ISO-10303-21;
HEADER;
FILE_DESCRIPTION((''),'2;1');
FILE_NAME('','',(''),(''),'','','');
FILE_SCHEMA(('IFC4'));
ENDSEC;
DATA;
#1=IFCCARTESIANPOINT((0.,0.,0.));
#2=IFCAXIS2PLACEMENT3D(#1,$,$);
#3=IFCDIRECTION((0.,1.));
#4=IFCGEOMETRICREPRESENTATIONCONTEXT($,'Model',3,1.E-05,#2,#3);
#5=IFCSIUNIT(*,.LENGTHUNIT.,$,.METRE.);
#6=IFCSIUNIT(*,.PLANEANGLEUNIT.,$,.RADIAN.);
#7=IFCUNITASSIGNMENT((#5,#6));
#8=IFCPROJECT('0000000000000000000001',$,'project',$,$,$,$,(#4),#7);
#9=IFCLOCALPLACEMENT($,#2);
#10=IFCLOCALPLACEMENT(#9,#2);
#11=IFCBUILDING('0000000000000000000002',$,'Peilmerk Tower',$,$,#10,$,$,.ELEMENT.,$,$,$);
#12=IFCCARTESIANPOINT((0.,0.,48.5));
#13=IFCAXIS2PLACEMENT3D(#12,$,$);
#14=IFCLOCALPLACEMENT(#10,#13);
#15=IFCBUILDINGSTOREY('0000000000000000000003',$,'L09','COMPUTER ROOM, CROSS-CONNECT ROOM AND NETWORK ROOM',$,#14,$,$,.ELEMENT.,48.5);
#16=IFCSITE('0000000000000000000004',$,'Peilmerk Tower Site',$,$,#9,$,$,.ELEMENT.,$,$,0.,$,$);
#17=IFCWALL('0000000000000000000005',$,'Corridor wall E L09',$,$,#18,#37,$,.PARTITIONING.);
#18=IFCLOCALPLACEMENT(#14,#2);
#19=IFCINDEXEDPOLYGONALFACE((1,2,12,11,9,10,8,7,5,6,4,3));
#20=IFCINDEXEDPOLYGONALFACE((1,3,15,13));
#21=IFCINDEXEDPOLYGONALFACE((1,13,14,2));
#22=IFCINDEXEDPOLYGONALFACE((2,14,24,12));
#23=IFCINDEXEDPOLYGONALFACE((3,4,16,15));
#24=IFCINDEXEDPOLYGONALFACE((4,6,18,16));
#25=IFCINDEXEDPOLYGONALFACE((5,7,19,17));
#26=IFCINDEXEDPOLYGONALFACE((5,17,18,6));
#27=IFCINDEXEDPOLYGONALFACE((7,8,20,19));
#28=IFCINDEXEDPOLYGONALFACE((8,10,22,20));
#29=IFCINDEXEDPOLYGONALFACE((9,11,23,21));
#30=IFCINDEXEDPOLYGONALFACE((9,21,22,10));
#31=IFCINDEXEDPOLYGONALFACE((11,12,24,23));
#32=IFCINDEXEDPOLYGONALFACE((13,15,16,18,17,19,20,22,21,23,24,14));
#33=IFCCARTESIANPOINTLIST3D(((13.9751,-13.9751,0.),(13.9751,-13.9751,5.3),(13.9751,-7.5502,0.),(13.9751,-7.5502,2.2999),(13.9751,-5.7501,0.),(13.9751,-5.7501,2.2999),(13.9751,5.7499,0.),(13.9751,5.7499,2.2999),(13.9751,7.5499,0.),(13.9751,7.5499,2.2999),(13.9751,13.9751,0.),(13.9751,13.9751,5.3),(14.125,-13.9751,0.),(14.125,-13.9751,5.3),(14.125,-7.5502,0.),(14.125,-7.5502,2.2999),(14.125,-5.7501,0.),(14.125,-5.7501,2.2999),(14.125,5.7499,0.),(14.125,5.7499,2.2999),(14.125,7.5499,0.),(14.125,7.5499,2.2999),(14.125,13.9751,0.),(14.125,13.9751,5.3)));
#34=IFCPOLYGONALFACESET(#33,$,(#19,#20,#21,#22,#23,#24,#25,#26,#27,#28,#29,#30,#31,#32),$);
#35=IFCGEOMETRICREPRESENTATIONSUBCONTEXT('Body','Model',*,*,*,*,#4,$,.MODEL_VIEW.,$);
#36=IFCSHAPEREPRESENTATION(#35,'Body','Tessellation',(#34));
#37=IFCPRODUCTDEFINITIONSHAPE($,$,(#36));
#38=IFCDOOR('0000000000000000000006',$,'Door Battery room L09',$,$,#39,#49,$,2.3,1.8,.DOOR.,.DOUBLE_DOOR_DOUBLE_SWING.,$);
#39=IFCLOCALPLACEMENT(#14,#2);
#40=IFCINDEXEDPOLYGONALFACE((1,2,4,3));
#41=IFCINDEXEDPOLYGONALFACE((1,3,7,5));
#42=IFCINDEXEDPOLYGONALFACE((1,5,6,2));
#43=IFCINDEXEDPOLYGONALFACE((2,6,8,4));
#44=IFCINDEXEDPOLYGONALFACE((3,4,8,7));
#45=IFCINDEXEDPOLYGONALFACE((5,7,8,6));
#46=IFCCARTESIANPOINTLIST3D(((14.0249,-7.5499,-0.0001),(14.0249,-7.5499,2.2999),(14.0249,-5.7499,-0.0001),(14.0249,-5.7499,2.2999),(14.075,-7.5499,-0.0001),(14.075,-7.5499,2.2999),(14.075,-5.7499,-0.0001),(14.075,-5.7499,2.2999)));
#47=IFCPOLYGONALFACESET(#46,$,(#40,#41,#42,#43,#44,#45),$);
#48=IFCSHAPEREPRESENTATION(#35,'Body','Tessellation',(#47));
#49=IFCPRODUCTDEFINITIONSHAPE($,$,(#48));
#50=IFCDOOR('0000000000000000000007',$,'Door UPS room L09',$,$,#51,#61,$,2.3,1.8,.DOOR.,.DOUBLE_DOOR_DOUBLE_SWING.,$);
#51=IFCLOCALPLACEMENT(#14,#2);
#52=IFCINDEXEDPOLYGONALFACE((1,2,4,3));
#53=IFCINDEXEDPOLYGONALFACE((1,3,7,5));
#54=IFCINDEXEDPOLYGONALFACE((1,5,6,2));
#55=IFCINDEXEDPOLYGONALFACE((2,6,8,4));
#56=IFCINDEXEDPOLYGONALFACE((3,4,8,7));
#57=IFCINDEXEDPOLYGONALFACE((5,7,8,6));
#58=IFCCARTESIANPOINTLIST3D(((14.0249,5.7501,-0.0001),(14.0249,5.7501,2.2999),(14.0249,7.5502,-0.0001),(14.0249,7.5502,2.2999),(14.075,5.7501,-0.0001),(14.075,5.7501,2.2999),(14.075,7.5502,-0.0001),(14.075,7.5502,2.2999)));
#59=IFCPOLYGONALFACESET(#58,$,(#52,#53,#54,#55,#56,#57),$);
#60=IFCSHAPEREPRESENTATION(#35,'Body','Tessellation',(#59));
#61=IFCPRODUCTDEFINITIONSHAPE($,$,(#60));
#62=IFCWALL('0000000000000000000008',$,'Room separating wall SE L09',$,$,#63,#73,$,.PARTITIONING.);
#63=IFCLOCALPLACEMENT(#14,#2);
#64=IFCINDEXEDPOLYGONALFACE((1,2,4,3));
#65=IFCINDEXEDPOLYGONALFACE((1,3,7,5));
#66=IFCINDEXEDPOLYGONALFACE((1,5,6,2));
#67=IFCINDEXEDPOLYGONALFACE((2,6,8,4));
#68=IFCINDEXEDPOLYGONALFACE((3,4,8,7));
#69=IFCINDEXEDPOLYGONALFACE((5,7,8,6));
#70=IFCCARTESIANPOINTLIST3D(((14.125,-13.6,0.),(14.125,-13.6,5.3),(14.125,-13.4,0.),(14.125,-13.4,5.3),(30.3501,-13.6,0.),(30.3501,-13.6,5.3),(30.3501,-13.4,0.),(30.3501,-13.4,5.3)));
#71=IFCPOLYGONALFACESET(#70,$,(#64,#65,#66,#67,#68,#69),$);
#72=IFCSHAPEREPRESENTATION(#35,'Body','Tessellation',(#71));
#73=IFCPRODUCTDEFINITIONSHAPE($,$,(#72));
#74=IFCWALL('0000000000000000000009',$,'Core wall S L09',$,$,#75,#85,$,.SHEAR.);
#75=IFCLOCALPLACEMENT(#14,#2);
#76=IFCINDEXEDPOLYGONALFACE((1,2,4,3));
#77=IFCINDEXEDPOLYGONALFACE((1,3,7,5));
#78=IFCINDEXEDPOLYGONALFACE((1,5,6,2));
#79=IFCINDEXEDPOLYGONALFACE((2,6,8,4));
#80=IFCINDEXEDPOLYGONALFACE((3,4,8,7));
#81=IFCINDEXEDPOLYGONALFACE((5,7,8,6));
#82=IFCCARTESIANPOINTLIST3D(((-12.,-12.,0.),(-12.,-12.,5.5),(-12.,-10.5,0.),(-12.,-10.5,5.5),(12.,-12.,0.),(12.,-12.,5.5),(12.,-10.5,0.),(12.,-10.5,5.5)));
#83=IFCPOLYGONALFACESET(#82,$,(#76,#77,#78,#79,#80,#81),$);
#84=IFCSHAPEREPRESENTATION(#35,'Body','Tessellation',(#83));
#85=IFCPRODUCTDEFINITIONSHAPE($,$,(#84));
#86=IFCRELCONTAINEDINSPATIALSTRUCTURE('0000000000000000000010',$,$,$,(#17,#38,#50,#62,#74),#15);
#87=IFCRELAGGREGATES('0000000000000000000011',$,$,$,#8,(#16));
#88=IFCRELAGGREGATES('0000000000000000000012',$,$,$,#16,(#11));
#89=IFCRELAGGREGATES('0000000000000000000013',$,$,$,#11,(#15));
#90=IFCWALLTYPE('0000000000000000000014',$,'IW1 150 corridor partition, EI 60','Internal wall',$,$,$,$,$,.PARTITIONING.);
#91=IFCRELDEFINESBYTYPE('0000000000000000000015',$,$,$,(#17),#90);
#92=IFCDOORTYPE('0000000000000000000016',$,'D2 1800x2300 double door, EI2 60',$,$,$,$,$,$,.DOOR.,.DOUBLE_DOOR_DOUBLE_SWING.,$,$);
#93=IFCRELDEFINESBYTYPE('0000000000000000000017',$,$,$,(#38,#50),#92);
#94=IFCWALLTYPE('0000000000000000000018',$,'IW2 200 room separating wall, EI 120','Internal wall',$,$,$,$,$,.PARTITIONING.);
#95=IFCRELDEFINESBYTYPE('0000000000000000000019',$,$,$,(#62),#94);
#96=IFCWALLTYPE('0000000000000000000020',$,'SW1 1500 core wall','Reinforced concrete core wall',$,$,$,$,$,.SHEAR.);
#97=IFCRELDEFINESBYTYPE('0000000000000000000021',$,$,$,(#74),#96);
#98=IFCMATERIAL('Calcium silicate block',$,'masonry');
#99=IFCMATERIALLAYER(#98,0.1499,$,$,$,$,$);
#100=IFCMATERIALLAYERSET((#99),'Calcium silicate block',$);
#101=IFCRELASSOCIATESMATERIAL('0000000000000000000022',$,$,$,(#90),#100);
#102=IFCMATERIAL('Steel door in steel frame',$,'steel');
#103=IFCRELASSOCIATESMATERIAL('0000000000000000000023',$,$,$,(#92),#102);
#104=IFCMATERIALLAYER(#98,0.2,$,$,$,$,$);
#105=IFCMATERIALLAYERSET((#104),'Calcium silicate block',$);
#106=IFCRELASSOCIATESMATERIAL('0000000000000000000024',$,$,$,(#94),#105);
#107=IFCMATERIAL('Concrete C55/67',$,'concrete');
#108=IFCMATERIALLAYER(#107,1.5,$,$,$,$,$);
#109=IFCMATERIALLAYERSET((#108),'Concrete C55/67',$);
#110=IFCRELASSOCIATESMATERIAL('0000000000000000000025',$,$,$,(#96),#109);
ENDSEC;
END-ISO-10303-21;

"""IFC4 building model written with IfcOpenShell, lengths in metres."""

from ifc_helpers import new_model, si_unit, direction, frame, frame_2d, origin, place, context, subcontext, project, spatial, rectangle, extrude, material, layer, layer_set, type_object, element, fill, save


model = new_model("IFC4")

# Units and contexts
model_context = context("Model", 3, precision=1e-05, world=origin(), true_north=direction((0.0, 1.0)))
body_context = subcontext(model_context, "Body", "Model", "MODEL_VIEW")
ifc_project = project(units=[si_unit("LENGTHUNIT", "METRE"), si_unit("PLANEANGLEUNIT", "RADIAN")], contexts=[model_context])

# Site, building, storey
site_placement = place(None, origin())
site = spatial("IfcSite", under=ifc_project, at=site_placement, Name="Peilmerk Tower Site", CompositionType="ELEMENT", RefElevation=0.0)
building_placement = place(site_placement, origin())
building = spatial("IfcBuilding", under=site, at=building_placement, Name="Peilmerk Tower", CompositionType="ELEMENT")
storey_placement = place(building_placement, frame((0.0, 0.0, 48.5)))
storey = spatial("IfcBuildingStorey", under=building, at=storey_placement, Name="L09", Description="COMPUTER ROOM, CROSS-CONNECT ROOM AND NETWORK ROOM", CompositionType="ELEMENT", Elevation=48.5)

# Wall, openings, doors
ifc_material_1 = material(Name="Calcium silicate block", Category="masonry")
ifc_layer_1 = layer(ifc_material_1, 0.1499)
ifc_layer_set_1 = layer_set([ifc_layer_1], Name="Calcium silicate block")
wall_type_1 = type_object("IfcWallType", Name="IW1 150 corridor partition, EI 60", Description="Internal wall", PredefinedType="PARTITIONING", material=ifc_layer_set_1)
ifc_material_2 = material(Name="Steel door in steel frame", Category="steel")
door_type = type_object("IfcDoorType", Name="D2 1800x2300 double door, EI2 60", OperationType="DOUBLE_DOOR_DOUBLE_SWING", PredefinedType="DOOR", material=ifc_material_2)
wall_1_placement = place(storey_placement, frame((14.05, -13.9751, 0.0), z_axis=(0.0, 0.0, 1.0), x_axis=(0.0, 1.0, 0.0)))
wall_1 = element("IfcWall", 1, at=wall_1_placement, inside=storey, type_object=wall_type_1, Name="Corridor wall E L09", PredefinedType="PARTITIONING", context=body_context, shape_type="SweptSolid", body=[
    extrude(rectangle(XDim=27.9502, YDim=0.1499, at=frame_2d((13.9751, 0.0))), origin(), (0.0, 0.0, 1.0), 5.3),
])
opening_1_placement = place(wall_1_placement, frame((6.425, 0.0, 0.0)))
opening_1 = element("IfcOpeningElement", 2, at=opening_1_placement, cuts=wall_1, PredefinedType="OPENING", context=body_context, shape_type="SweptSolid", body=[
    extrude(rectangle(XDim=1.8, YDim=2.3, at=frame_2d((0.8999, 1.1499))), frame((0.0, 0.085, 0.0), z_axis=(0.0, -1.0, 0.0), x_axis=(1.0, 0.0, 0.0)), (0.0, 0.0, 1.0), 0.1699),
])
opening_2_placement = place(wall_1_placement, frame((19.7251, 0.0, 0.0)))
opening_2 = element("IfcOpeningElement", 3, at=opening_2_placement, cuts=wall_1, PredefinedType="OPENING", context=body_context, shape_type="SweptSolid", body=[
    extrude(rectangle(XDim=1.8, YDim=2.3, at=frame_2d((0.8999, 1.1499))), frame((0.0, 0.085, 0.0), z_axis=(0.0, -1.0, 0.0), x_axis=(1.0, 0.0, 0.0)), (0.0, 0.0, 1.0), 0.1699),
])
door_1_placement = place(opening_1_placement, frame((1.8, 0.0, 0.0), z_axis=(0.0, 0.0, 1.0), x_axis=(-1.0, 0.0, 0.0)))
door_1 = element("IfcDoor", 4, at=door_1_placement, inside=storey, type_object=door_type, Name="Door Battery room L09", OperationType="DOUBLE_DOOR_DOUBLE_SWING", OverallHeight=2.3, OverallWidth=1.8, PredefinedType="DOOR", context=body_context, shape_type="SweptSolid", body=[
    extrude(rectangle(XDim=1.8, YDim=2.3, at=frame_2d((0.8999, 1.1499))), frame((0.0, 0.0249, 0.0), z_axis=(0.0, -1.0, 0.0), x_axis=(1.0, 0.0, 0.0)), (0.0, 0.0, 1.0), 0.05),
])
fill(opening_1, door_1)
door_2_placement = place(opening_2_placement, frame((1.8, 0.0, 0.0), z_axis=(0.0, 0.0, 1.0), x_axis=(-1.0, 0.0, 0.0)))
door_2 = element("IfcDoor", 5, at=door_2_placement, inside=storey, type_object=door_type, Name="Door UPS room L09", OperationType="DOUBLE_DOOR_DOUBLE_SWING", OverallHeight=2.3, OverallWidth=1.8, PredefinedType="DOOR", context=body_context, shape_type="SweptSolid", body=[
    extrude(rectangle(XDim=1.8, YDim=2.3, at=frame_2d((0.8999, 1.1499))), frame((0.0, 0.0249, 0.0), z_axis=(0.0, -1.0, 0.0), x_axis=(1.0, 0.0, 0.0)), (0.0, 0.0, 1.0), 0.05),
])
fill(opening_2, door_2)

# Walls
ifc_layer_2 = layer(ifc_material_1, 0.2)
ifc_layer_set_2 = layer_set([ifc_layer_2], Name="Calcium silicate block")
wall_type_2 = type_object("IfcWallType", Name="IW2 200 room separating wall, EI 120", Description="Internal wall", PredefinedType="PARTITIONING", material=ifc_layer_set_2)
wall_2_placement = place(storey_placement, frame((30.3501, -13.5, 0.0), z_axis=(0.0, 0.0, 1.0), x_axis=(-1.0, 0.0, 0.0)))
element("IfcWall", 6, at=wall_2_placement, inside=storey, type_object=wall_type_2, Name="Room separating wall SE L09", PredefinedType="PARTITIONING", context=body_context, shape_type="SweptSolid", body=[
    extrude(rectangle(XDim=16.2251, YDim=0.2, at=frame_2d((8.1125, 0.0))), origin(), (0.0, 0.0, 1.0), 5.3),
])
ifc_material_3 = material(Name="Concrete C55/67", Category="concrete")
ifc_layer_3 = layer(ifc_material_3, 1.5)
ifc_layer_set_3 = layer_set([ifc_layer_3], Name="Concrete C55/67")
wall_type_3 = type_object("IfcWallType", Name="SW1 1500 core wall", Description="Reinforced concrete core wall", PredefinedType="SHEAR", material=ifc_layer_set_3)
wall_3_placement = place(storey_placement, frame((12.0, -11.25, 0.0), z_axis=(0.0, 0.0, 1.0), x_axis=(-1.0, 0.0, 0.0)))
element("IfcWall", 7, at=wall_3_placement, inside=storey, type_object=wall_type_3, Name="Core wall S L09", PredefinedType="SHEAR", context=body_context, shape_type="SweptSolid", body=[
    extrude(rectangle(XDim=24.0, YDim=1.5, at=frame_2d((12.0, 0.0))), origin(), (0.0, 0.0, 1.0), 5.5),
])

save(model, "model.ifc")
